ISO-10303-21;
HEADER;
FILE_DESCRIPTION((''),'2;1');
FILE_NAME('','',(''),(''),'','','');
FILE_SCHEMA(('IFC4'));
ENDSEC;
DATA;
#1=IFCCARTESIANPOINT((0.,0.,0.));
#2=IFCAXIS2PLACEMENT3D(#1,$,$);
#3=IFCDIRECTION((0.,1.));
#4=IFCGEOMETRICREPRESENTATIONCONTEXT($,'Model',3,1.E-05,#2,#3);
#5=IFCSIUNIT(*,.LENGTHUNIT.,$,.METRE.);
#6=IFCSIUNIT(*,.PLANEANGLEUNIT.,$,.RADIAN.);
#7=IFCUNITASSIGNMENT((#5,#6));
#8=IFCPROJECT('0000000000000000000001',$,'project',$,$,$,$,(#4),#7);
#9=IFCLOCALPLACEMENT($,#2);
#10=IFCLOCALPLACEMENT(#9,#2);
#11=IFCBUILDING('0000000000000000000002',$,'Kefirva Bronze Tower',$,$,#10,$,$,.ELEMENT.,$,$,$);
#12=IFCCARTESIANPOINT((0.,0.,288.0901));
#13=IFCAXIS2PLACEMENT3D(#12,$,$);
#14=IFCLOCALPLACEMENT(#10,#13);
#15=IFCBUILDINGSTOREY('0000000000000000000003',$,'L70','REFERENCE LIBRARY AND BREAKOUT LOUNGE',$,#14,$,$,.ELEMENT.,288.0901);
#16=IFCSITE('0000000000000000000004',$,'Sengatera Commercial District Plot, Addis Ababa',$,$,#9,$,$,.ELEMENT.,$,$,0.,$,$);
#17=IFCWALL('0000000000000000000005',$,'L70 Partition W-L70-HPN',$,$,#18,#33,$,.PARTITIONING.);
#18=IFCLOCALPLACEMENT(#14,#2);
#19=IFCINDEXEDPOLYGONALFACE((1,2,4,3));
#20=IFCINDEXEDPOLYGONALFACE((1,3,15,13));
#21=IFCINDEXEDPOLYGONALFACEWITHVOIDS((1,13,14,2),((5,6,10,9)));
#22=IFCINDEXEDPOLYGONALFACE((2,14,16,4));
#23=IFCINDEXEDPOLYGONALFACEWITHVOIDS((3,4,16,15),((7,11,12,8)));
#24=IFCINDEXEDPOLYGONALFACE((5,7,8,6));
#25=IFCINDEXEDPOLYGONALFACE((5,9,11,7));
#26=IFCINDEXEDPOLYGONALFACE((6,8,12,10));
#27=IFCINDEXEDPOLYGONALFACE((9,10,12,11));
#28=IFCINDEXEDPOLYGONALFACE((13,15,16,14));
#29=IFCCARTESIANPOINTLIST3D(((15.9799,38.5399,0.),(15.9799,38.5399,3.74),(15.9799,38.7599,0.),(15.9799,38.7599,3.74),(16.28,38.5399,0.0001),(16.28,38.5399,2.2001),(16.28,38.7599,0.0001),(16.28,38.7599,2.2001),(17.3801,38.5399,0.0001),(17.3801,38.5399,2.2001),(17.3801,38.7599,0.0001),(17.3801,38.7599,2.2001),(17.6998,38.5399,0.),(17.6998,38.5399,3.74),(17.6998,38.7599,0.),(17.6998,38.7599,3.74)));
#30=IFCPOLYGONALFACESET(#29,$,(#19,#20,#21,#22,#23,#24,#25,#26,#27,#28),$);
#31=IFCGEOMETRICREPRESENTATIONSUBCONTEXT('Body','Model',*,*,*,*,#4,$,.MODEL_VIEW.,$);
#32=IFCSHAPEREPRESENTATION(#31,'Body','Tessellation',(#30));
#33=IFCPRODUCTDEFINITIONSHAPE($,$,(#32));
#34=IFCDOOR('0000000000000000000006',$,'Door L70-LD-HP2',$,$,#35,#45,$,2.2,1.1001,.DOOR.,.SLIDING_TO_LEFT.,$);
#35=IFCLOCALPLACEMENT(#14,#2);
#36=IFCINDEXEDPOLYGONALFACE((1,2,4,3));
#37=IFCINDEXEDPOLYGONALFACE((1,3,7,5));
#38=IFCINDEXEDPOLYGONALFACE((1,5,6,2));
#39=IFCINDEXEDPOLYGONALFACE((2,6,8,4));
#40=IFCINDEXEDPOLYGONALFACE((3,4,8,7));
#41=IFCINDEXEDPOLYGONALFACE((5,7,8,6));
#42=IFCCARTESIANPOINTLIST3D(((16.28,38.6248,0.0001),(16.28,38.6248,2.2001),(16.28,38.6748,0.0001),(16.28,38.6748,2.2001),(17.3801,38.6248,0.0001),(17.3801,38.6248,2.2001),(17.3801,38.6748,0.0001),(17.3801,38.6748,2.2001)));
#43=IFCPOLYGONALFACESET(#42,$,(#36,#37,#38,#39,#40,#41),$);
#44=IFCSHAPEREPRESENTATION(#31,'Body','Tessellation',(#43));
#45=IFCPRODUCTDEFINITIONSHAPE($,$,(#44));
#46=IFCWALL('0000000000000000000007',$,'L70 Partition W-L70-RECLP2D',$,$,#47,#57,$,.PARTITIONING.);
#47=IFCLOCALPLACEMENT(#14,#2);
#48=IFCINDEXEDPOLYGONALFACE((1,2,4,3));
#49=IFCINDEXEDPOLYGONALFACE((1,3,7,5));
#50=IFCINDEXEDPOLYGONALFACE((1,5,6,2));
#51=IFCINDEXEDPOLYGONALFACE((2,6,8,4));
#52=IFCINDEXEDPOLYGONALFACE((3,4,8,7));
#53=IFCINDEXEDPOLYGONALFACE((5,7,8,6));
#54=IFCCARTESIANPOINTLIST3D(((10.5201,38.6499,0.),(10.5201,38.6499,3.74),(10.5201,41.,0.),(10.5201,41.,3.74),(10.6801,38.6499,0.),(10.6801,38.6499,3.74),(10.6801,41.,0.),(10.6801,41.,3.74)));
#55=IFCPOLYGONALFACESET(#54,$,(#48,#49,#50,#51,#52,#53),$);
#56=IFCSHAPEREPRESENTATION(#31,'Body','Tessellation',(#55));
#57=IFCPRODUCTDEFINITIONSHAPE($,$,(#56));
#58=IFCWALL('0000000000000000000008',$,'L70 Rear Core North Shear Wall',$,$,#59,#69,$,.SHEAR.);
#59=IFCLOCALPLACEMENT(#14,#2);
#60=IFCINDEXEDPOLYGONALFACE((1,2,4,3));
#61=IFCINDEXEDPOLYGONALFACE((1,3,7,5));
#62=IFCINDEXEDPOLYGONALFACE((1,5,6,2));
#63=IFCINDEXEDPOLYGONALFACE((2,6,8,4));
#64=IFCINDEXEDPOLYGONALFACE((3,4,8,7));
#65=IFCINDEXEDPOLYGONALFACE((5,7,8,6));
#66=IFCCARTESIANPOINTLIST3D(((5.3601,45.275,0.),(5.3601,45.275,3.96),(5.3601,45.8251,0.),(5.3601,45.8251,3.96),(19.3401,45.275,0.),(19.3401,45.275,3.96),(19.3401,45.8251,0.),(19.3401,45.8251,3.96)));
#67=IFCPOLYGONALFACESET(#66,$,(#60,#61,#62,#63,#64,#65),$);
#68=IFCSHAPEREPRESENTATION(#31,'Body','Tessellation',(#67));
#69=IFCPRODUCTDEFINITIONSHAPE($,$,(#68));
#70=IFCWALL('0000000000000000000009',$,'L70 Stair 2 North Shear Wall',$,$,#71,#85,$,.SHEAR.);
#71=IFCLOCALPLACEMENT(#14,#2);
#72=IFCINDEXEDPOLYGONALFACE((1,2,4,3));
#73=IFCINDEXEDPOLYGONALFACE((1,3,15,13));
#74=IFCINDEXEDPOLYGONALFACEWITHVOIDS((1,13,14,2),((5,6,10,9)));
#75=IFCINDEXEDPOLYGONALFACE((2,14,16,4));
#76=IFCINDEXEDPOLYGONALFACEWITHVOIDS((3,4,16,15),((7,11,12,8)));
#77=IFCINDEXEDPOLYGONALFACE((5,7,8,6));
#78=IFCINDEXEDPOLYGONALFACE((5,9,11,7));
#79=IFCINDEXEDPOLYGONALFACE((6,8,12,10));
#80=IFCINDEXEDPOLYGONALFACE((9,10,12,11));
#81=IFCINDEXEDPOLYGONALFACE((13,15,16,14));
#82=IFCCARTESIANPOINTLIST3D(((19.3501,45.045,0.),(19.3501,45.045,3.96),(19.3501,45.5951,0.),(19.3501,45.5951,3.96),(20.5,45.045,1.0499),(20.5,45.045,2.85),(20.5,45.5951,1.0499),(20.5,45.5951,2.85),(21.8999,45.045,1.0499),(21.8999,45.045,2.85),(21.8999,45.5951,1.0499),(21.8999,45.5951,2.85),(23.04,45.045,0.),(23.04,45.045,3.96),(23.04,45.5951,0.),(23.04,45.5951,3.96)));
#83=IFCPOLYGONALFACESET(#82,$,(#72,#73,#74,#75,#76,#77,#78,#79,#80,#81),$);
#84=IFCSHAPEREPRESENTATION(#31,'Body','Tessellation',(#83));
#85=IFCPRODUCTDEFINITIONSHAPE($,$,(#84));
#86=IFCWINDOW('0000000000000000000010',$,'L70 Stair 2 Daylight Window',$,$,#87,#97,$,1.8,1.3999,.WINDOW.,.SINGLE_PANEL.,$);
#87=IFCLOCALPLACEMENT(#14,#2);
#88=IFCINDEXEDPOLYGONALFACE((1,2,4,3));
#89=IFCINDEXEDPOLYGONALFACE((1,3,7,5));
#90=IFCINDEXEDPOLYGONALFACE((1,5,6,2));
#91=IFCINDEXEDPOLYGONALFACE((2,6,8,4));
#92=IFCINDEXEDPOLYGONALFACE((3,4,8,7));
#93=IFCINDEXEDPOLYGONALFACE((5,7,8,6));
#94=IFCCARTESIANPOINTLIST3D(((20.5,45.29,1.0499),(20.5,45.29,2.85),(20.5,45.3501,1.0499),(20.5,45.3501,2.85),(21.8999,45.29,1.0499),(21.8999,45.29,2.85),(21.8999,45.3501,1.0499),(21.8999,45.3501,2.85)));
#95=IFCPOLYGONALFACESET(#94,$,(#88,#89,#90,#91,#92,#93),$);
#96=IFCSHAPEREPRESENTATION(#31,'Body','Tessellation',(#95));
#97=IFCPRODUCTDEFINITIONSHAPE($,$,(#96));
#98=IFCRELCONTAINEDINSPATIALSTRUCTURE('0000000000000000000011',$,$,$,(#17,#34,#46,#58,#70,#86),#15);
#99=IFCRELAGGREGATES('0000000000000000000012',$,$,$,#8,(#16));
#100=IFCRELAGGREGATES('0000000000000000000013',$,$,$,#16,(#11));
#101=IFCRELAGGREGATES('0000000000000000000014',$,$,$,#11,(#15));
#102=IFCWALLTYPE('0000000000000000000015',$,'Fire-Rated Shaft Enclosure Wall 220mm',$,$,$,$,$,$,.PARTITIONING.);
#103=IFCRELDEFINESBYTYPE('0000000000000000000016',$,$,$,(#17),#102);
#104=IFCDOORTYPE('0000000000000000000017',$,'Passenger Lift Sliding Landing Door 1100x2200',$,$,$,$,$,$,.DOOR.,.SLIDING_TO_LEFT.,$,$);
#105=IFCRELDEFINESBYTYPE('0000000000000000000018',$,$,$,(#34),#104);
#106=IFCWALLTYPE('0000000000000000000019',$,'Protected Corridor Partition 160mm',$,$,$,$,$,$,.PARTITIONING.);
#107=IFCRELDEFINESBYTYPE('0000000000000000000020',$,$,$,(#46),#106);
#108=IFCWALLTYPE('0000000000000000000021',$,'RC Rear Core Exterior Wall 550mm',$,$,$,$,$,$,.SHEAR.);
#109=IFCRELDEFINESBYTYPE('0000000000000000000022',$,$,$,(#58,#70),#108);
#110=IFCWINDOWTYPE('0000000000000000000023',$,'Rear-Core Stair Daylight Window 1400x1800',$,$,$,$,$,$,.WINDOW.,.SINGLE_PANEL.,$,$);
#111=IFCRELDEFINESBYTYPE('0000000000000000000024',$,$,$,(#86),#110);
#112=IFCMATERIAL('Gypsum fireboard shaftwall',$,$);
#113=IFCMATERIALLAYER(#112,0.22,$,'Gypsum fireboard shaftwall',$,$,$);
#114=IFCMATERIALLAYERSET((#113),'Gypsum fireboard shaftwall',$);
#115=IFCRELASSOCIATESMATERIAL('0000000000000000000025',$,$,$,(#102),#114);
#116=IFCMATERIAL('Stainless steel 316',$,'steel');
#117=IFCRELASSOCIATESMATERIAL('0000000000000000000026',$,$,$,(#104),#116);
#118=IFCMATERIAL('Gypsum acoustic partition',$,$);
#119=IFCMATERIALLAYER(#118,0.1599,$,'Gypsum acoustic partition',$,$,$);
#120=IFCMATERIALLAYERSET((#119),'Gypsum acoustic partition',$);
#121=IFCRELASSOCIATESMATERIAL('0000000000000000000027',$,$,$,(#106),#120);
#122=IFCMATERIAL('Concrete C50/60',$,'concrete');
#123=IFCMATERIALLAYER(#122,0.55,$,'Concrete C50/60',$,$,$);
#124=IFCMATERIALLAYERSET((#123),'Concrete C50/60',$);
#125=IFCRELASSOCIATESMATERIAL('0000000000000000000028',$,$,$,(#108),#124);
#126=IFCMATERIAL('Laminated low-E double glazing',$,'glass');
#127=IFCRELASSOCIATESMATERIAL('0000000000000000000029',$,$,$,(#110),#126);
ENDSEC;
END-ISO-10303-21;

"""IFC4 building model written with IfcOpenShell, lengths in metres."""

from ifc_helpers import new_model, si_unit, direction, frame, frame_2d, origin, place, context, subcontext, project, spatial, rectangle, extrude, material, layer, layer_set, type_object, element, fill, save


model = new_model("IFC4")

# Units and contexts
model_context = context("Model", 3, precision=1e-05, world=origin(), true_north=direction((0.0, 1.0)))
body_context = subcontext(model_context, "Body", "Model", "MODEL_VIEW")
ifc_project = project(units=[si_unit("LENGTHUNIT", "METRE"), si_unit("PLANEANGLEUNIT", "RADIAN")], contexts=[model_context])

# Site, building, storey
site_placement = place(None, origin())
site = spatial("IfcSite", under=ifc_project, at=site_placement, Name="Sengatera Commercial District Plot, Addis Ababa", CompositionType="ELEMENT", RefElevation=0.0)
building_placement = place(site_placement, origin())
building = spatial("IfcBuilding", under=site, at=building_placement, Name="Kefirva Bronze Tower", CompositionType="ELEMENT")
storey_placement = place(building_placement, frame((0.0, 0.0, 288.0901)))
storey = spatial("IfcBuildingStorey", under=building, at=storey_placement, Name="L70", Description="REFERENCE LIBRARY AND BREAKOUT LOUNGE", CompositionType="ELEMENT", Elevation=288.0901)

# Shared definitions
ifc_material_1 = material(Name="Concrete C50/60", Category="concrete")

# Shared definitions
ifc_material_2 = material(Name="Gypsum acoustic partition")

# Shared definitions
ifc_material_3 = material(Name="Gypsum fireboard shaftwall")
ifc_layer_1 = layer(ifc_material_3, 0.22, Name="Gypsum fireboard shaftwall")
ifc_layer_set_1 = layer_set([ifc_layer_1], Name="Gypsum fireboard shaftwall")
wall_type_1 = type_object("IfcWallType", Name="Fire-Rated Shaft Enclosure Wall 220mm", PredefinedType="PARTITIONING", material=ifc_layer_set_1)

# Shared definitions
ifc_material_4 = material(Name="Stainless steel 316", Category="steel")

# Shared definitions
door_type_1 = type_object("IfcDoorType", Name="Passenger Lift Sliding Landing Door 1100x2200", OperationType="SLIDING_TO_LEFT", PredefinedType="DOOR", material=ifc_material_4)

# Wall, opening, door
wall_1_placement = place(storey_placement, frame((15.98, 38.6499, 0.0), z_axis=(0.0, 0.0, 1.0), x_axis=(1.0, 0.0, 0.0)))
wall_1 = element("IfcWall", 1, at=wall_1_placement, inside=storey, type_object=wall_type_1, Name="L70 Partition W-L70-HPN", PredefinedType="PARTITIONING", context=body_context, shape_type="SweptSolid", body=[
    extrude(rectangle(XDim=1.72, YDim=0.22, at=frame_2d((0.8599, 0.0))), origin(), (0.0, 0.0, 1.0), 3.74),
])
opening_1_placement = place(wall_1_placement, frame((0.3, 0.0, 0.0)))
opening_1 = element("IfcOpeningElement", 2, at=opening_1_placement, cuts=wall_1, PredefinedType="OPENING", context=body_context, shape_type="SweptSolid", body=[
    extrude(rectangle(XDim=1.1001, YDim=2.2, at=frame_2d((0.55, 1.1001))), frame((0.0, 0.1201, 0.0), z_axis=(0.0, -1.0, 0.0), x_axis=(1.0, 0.0, 0.0)), (0.0, 0.0, 1.0), 0.24),
])
door_1_placement = place(opening_1_placement, origin())
door_1 = element("IfcDoor", 3, at=door_1_placement, inside=storey, type_object=door_type_1, Name="Door L70-LD-HP2", OperationType="SLIDING_TO_LEFT", OverallHeight=2.2, OverallWidth=1.1001, PredefinedType="DOOR", context=body_context, shape_type="SweptSolid", body=[
    extrude(rectangle(XDim=1.1001, YDim=2.2, at=frame_2d((0.55, 1.1001))), frame((0.0, 0.0249, 0.0), z_axis=(0.0, -1.0, 0.0), x_axis=(1.0, 0.0, 0.0)), (0.0, 0.0, 1.0), 0.05),
])
fill(opening_1, door_1)

# Walls
ifc_layer_2 = layer(ifc_material_2, 0.1599, Name="Gypsum acoustic partition")
ifc_layer_set_2 = layer_set([ifc_layer_2], Name="Gypsum acoustic partition")
wall_type_2 = type_object("IfcWallType", Name="Protected Corridor Partition 160mm", PredefinedType="PARTITIONING", material=ifc_layer_set_2)
wall_2_placement = place(storey_placement, frame((10.6001, 38.6499, 0.0), z_axis=(0.0, 0.0, 1.0), x_axis=(0.0, 1.0, 0.0)))
element("IfcWall", 4, at=wall_2_placement, inside=storey, type_object=wall_type_2, Name="L70 Partition W-L70-RECLP2D", PredefinedType="PARTITIONING", context=body_context, shape_type="SweptSolid", body=[
    extrude(rectangle(XDim=2.3501, YDim=0.1599, at=frame_2d((1.175, 0.0))), origin(), (0.0, 0.0, 1.0), 3.74),
])
ifc_layer_3 = layer(ifc_material_1, 0.55, Name="Concrete C50/60")
ifc_layer_set_3 = layer_set([ifc_layer_3], Name="Concrete C50/60")
wall_type_3 = type_object("IfcWallType", Name="RC Rear Core Exterior Wall 550mm", PredefinedType="SHEAR", material=ifc_layer_set_3)
wall_3_placement = place(storey_placement, frame((5.3601, 45.55, 0.0), z_axis=(0.0, 0.0, 1.0), x_axis=(1.0, 0.0, 0.0)))
element("IfcWall", 5, at=wall_3_placement, inside=storey, type_object=wall_type_3, Name="L70 Rear Core North Shear Wall", PredefinedType="SHEAR", context=body_context, shape_type="SweptSolid", body=[
    extrude(rectangle(XDim=13.98, YDim=0.55, at=frame_2d((6.99, 0.0))), origin(), (0.0, 0.0, 1.0), 3.96),
])

# Wall, opening, window
wall_4_placement = place(storey_placement, frame((19.3501, 45.3201, 0.0), z_axis=(0.0, 0.0, 1.0), x_axis=(1.0, 0.0, 0.0)))
wall_4 = element("IfcWall", 6, at=wall_4_placement, inside=storey, type_object=wall_type_3, Name="L70 Stair 2 North Shear Wall", PredefinedType="SHEAR", context=body_context, shape_type="SweptSolid", body=[
    extrude(rectangle(XDim=3.6899, YDim=0.55, at=frame_2d((1.845, 0.0))), origin(), (0.0, 0.0, 1.0), 3.96),
])
opening_2_placement = place(wall_4_placement, frame((1.1499, 0.0, 1.05)))
opening_2 = element("IfcOpeningElement", 7, at=opening_2_placement, cuts=wall_4, PredefinedType="OPENING", context=body_context, shape_type="SweptSolid", body=[
    extrude(rectangle(XDim=1.3999, YDim=1.8, at=frame_2d((0.7, 0.8999))), frame((0.0, 0.2852, 0.0), z_axis=(0.0, -1.0, 0.0), x_axis=(1.0, 0.0, 0.0)), (0.0, 0.0, 1.0), 0.5701),
])
ifc_material_5 = material(Name="Laminated low-E double glazing", Category="glass")
window_type = type_object("IfcWindowType", Name="Rear-Core Stair Daylight Window 1400x1800", PartitioningType="SINGLE_PANEL", PredefinedType="WINDOW", material=ifc_material_5)
window_placement = place(opening_2_placement, origin())
window = element("IfcWindow", 8, at=window_placement, inside=storey, type_object=window_type, Name="L70 Stair 2 Daylight Window", OverallHeight=1.8, OverallWidth=1.3999, PartitioningType="SINGLE_PANEL", PredefinedType="WINDOW", context=body_context, shape_type="SweptSolid", body=[
    extrude(rectangle(XDim=1.3999, YDim=1.8, at=frame_2d((0.7, 0.8999))), frame((0.0, 0.03, 0.0), z_axis=(0.0, -1.0, 0.0), x_axis=(1.0, 0.0, 0.0)), (0.0, 0.0, 1.0), 0.0601),
])
fill(opening_2, window)

save(model, "model.ifc")
